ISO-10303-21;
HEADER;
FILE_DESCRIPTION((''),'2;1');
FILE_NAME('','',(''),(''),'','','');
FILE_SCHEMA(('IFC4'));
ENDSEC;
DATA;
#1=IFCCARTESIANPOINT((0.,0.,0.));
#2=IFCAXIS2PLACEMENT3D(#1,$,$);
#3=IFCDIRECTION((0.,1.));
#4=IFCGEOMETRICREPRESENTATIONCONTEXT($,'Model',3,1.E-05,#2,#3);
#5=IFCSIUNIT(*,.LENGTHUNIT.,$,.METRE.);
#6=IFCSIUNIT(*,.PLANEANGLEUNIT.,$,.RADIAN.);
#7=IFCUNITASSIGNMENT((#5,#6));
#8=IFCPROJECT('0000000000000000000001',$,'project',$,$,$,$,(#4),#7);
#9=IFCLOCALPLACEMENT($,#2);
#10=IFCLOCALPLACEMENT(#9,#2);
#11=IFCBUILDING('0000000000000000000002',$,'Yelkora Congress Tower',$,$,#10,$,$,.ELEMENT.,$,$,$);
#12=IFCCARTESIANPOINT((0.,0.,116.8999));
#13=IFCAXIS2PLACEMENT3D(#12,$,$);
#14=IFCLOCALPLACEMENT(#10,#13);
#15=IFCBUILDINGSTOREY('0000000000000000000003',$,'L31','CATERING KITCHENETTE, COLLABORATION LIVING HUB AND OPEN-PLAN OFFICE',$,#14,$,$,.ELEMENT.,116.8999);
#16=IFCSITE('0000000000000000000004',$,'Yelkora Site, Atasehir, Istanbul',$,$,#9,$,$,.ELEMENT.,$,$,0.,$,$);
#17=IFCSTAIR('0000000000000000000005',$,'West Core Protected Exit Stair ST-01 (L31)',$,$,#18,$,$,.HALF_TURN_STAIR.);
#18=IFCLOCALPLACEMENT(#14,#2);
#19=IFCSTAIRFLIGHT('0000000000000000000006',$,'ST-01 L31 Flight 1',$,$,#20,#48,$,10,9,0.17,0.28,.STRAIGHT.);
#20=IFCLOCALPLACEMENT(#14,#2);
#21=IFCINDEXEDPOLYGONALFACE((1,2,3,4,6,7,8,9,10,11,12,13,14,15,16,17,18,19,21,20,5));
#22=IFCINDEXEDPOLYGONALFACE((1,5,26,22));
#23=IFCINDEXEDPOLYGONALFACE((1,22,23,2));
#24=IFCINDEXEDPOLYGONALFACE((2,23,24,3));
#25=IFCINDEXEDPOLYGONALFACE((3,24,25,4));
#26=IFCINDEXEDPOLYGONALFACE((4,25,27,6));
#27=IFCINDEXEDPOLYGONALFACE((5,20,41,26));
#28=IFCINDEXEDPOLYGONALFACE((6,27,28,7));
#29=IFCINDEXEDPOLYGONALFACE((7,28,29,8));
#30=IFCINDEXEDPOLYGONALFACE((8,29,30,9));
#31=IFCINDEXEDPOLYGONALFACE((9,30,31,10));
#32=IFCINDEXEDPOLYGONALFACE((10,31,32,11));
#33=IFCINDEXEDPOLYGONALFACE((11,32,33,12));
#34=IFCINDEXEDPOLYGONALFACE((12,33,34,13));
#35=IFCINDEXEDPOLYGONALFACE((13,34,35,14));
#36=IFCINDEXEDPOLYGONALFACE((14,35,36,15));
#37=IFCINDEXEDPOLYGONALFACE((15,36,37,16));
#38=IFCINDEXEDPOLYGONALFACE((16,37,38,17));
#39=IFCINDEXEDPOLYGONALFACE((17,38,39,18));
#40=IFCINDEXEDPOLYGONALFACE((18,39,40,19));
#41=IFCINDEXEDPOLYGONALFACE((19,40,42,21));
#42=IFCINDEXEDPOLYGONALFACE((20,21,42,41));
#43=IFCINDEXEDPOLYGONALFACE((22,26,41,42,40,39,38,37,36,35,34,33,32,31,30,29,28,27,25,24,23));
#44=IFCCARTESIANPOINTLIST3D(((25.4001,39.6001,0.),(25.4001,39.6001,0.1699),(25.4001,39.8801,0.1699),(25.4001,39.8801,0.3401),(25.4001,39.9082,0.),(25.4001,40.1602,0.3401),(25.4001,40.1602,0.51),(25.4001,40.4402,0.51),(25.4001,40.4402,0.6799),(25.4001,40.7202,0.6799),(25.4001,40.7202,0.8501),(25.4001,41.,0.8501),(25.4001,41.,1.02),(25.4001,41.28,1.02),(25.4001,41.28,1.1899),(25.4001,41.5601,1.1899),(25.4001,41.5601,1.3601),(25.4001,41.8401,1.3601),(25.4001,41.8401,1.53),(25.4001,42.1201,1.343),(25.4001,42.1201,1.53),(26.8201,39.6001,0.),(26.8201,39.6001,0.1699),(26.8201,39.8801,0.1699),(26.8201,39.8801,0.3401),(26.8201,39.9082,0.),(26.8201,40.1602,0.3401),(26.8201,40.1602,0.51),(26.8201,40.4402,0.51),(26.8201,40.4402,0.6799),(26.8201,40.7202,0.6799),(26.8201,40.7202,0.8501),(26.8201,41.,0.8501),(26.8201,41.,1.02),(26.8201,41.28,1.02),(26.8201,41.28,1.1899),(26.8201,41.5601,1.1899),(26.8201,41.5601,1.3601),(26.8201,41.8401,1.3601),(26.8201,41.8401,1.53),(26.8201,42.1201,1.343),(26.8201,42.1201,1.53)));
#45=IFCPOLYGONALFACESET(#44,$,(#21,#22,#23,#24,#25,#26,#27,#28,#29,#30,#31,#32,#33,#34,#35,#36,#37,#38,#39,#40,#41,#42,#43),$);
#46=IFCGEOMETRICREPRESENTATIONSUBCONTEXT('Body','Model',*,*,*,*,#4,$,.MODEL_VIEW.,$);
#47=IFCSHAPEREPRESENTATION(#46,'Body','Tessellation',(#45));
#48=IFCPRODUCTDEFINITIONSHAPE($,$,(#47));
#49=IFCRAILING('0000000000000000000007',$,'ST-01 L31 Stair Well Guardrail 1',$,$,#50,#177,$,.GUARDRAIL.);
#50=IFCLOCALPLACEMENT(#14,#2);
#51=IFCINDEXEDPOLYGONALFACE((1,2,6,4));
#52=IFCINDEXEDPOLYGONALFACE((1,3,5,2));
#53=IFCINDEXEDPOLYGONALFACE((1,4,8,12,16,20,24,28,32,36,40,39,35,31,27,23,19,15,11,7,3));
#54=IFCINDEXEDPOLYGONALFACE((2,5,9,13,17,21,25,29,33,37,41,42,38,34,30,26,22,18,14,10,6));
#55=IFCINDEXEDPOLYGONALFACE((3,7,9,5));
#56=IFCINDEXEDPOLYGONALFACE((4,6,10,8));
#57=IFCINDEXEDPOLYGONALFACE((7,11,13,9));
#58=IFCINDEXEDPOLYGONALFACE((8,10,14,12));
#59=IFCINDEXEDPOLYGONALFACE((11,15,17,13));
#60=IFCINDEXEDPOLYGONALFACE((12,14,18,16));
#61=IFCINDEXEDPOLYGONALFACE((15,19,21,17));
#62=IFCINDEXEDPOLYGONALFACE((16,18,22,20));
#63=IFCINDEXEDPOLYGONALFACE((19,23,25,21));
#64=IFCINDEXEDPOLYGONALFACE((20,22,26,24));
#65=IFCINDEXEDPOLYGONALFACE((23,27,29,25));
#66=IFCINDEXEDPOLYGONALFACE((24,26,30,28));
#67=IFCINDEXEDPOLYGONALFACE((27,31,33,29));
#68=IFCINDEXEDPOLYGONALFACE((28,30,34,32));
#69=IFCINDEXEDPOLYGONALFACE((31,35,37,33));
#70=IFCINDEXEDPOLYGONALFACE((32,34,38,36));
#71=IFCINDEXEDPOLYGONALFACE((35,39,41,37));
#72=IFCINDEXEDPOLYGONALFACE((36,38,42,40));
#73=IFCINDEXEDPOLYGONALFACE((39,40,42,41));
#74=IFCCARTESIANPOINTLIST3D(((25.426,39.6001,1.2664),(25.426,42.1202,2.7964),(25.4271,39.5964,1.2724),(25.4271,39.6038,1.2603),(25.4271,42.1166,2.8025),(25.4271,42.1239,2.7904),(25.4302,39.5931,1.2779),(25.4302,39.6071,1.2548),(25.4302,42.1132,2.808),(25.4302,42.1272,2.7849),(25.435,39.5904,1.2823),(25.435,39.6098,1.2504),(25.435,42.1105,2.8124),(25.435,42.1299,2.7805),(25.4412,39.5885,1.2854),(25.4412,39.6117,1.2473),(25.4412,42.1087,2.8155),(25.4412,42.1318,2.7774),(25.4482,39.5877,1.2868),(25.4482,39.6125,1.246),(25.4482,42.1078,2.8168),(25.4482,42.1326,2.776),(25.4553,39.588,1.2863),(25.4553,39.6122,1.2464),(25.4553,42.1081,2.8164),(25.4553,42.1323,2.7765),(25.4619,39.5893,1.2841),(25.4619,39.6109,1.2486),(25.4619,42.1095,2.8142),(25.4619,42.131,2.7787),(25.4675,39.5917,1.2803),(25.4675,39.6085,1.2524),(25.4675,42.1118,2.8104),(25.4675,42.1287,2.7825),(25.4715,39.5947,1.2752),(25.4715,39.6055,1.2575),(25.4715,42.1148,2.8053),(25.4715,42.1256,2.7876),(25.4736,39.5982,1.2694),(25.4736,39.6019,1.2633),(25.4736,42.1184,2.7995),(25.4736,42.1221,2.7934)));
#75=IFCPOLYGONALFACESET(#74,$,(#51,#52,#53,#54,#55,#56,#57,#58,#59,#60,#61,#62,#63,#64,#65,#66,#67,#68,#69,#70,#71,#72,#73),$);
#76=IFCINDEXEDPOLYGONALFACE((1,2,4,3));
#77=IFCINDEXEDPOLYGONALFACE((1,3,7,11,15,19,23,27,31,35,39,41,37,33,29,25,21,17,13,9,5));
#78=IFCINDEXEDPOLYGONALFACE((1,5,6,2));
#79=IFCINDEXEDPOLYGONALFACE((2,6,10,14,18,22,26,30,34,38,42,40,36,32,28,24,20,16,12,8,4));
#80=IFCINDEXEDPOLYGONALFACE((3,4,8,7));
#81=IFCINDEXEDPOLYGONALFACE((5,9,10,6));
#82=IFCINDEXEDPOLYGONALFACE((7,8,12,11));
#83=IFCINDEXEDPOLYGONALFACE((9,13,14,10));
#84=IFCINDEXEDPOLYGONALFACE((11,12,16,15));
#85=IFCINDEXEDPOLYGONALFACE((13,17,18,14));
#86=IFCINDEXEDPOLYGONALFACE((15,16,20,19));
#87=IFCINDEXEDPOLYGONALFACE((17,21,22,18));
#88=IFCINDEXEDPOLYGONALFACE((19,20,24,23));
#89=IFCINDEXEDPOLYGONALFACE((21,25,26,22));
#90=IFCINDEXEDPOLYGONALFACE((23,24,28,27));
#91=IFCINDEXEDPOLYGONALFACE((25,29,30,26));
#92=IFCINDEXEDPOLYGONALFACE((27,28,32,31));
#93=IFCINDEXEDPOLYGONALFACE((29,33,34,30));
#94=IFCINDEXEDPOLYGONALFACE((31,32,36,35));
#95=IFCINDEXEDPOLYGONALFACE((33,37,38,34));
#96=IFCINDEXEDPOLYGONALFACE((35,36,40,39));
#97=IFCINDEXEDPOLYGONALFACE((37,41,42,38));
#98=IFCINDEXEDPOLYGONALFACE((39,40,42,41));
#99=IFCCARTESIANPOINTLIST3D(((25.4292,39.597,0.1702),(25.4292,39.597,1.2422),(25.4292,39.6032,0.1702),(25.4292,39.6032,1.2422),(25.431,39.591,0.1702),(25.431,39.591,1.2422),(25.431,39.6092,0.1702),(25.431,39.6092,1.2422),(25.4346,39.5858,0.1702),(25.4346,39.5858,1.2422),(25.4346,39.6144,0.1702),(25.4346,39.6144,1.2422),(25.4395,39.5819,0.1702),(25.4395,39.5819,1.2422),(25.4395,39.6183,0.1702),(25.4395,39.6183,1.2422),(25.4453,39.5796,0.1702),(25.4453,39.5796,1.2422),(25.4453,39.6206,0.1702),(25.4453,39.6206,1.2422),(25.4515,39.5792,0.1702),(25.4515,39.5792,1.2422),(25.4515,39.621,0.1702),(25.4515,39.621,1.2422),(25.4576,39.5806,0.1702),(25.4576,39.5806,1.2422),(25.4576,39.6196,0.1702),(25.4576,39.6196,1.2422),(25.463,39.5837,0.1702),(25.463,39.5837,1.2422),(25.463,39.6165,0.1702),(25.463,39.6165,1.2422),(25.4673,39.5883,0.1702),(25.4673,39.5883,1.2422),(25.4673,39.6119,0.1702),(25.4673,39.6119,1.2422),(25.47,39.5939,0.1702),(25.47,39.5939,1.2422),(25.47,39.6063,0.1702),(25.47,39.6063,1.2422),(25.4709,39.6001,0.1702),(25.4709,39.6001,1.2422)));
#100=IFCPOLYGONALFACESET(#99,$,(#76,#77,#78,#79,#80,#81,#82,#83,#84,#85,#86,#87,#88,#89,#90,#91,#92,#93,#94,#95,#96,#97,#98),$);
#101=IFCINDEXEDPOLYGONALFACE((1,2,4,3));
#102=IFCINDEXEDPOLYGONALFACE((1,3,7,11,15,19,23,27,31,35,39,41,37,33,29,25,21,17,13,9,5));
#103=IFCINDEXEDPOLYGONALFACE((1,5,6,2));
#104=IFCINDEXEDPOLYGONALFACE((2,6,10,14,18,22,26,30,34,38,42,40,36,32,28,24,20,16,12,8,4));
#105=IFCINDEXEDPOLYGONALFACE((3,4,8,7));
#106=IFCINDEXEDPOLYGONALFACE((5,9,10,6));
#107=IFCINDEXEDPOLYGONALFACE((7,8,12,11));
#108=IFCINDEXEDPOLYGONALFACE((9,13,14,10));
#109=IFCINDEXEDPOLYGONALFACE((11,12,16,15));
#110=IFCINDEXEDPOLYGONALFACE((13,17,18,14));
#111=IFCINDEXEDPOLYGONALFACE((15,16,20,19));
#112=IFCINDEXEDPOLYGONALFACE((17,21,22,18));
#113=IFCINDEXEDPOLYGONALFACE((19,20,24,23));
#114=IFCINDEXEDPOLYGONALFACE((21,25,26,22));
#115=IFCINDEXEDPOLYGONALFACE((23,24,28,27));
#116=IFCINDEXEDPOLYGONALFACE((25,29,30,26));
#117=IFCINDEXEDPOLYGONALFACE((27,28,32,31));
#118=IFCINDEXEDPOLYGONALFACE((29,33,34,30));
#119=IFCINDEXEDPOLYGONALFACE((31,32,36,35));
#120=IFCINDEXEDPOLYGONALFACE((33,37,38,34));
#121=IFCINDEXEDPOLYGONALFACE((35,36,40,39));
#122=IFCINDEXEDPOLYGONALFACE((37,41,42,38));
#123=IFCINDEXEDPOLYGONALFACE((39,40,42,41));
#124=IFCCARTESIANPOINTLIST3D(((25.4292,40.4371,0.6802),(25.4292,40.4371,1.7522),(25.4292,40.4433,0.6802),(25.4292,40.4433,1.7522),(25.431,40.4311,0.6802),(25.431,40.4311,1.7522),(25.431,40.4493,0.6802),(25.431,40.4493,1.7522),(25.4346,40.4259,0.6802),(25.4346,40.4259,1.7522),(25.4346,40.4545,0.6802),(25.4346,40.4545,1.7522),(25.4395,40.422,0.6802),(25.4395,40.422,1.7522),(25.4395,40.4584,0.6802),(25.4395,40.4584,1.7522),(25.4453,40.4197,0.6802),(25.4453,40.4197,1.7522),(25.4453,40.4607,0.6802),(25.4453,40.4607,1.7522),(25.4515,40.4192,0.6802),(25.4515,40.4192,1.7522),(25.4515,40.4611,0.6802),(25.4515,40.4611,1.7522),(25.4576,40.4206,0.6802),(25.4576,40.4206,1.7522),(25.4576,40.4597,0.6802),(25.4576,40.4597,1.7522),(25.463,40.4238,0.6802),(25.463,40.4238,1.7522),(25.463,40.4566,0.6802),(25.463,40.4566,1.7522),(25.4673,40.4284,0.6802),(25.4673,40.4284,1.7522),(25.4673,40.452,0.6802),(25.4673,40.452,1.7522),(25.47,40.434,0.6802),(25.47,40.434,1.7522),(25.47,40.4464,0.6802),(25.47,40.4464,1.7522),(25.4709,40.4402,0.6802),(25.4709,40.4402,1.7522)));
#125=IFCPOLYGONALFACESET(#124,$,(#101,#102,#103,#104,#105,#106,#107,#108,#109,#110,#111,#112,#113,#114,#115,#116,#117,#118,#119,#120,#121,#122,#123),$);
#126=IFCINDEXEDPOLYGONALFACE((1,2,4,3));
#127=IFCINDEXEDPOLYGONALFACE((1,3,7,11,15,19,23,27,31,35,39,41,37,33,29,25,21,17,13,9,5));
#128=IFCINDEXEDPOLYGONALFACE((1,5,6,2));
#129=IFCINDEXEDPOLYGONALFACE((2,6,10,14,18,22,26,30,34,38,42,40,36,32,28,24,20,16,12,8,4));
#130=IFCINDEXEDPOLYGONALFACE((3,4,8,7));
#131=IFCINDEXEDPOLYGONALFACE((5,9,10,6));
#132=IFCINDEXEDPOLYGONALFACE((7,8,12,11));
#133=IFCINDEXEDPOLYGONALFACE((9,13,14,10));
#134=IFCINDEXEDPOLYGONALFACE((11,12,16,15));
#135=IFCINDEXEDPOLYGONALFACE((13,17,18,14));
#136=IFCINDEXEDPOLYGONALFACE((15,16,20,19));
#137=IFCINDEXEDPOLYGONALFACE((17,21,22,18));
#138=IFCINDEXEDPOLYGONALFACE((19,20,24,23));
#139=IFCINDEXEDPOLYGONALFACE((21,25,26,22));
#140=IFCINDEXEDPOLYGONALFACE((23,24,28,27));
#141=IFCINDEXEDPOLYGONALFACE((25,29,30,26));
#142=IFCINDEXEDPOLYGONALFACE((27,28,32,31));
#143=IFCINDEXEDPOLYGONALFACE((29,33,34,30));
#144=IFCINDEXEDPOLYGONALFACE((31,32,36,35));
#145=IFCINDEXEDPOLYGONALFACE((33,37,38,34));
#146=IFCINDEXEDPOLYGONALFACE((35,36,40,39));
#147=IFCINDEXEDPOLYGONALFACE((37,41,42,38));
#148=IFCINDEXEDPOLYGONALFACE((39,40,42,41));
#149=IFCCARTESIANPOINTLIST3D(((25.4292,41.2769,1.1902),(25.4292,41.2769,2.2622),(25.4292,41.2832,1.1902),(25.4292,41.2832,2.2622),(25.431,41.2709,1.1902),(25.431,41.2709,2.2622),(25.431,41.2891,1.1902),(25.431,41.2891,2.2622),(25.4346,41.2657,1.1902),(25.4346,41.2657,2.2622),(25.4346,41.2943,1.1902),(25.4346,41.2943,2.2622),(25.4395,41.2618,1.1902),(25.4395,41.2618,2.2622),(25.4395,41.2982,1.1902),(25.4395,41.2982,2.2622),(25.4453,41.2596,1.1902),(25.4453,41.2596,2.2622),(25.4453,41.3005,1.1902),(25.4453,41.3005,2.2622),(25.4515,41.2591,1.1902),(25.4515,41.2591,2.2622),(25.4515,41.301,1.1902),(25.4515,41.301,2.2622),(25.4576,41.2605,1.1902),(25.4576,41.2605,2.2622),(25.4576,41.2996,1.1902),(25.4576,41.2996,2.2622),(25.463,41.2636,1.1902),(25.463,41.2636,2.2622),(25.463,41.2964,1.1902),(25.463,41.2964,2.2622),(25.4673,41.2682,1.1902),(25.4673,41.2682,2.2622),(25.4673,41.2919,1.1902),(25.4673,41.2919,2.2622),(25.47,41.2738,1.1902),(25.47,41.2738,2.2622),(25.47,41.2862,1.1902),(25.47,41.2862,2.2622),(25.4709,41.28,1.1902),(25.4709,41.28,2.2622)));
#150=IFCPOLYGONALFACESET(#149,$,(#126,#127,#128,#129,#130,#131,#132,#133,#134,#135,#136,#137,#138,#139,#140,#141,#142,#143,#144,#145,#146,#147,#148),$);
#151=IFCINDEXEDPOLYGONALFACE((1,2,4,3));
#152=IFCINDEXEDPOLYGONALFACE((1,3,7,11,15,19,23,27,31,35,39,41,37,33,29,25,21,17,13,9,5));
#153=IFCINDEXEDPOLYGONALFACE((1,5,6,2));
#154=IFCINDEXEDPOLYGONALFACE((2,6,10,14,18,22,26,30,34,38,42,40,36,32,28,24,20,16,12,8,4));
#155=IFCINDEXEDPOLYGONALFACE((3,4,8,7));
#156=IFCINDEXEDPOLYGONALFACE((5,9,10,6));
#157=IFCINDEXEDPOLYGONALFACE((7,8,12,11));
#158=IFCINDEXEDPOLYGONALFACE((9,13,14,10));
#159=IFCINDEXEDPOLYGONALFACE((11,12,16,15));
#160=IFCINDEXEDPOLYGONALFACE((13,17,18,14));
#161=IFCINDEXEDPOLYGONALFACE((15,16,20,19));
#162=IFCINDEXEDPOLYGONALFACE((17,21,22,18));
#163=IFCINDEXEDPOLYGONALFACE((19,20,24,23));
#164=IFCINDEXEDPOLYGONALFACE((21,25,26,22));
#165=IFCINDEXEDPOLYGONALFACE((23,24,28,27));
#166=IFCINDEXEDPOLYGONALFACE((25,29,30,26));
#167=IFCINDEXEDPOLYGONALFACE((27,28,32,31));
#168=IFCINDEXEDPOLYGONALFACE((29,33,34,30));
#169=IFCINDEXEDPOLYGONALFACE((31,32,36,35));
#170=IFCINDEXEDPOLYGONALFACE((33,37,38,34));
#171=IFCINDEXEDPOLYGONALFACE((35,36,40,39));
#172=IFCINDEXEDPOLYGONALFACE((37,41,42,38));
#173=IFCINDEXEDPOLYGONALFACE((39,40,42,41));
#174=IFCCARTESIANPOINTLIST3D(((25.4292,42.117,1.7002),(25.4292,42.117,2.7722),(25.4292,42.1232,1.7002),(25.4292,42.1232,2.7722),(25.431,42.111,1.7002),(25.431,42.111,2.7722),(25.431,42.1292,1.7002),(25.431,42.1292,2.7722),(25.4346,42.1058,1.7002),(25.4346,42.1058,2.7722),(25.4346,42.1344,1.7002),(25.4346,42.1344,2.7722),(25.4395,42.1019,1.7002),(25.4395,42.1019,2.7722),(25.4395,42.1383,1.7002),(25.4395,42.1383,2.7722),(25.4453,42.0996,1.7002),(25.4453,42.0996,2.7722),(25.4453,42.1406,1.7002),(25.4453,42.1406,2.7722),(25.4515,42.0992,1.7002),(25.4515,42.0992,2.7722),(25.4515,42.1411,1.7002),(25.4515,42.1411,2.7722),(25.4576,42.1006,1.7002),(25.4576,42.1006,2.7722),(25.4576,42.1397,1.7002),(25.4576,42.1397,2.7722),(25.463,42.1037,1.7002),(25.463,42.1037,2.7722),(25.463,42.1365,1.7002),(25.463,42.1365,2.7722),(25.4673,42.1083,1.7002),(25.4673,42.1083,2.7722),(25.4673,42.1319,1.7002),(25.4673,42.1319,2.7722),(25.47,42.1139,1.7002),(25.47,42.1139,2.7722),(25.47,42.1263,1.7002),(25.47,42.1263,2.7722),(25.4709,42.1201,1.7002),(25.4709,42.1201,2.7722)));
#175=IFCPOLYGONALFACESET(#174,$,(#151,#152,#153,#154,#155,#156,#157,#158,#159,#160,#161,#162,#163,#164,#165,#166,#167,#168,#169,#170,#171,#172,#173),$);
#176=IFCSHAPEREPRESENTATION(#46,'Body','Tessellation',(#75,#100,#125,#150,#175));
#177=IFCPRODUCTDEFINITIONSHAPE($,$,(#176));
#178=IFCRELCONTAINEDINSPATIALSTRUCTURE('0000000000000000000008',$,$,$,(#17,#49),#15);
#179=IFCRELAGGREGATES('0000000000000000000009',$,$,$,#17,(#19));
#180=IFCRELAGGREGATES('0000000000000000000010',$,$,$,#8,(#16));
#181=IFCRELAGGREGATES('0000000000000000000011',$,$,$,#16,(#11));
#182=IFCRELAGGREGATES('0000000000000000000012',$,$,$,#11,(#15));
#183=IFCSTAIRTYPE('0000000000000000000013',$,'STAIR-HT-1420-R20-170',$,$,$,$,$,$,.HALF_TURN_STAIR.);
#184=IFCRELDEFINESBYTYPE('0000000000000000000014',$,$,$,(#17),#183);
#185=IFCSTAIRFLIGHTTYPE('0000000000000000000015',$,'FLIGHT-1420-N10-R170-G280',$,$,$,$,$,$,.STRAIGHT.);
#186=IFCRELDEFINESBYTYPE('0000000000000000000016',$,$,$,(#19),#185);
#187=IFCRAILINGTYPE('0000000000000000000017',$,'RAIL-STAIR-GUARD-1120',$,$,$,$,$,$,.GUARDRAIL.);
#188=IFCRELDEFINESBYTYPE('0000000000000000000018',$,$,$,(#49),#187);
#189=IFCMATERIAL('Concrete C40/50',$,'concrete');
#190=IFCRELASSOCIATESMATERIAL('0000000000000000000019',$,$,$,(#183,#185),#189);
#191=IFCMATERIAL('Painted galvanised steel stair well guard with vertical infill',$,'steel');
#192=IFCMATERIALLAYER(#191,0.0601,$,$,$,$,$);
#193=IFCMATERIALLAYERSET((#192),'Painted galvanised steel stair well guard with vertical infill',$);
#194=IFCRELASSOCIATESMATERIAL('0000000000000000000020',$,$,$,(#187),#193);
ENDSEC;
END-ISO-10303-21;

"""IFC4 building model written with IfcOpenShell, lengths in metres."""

from ifc_helpers import new_model, si_unit, direction, frame, origin, origin_2d, place, context, subcontext, project, spatial, polyline, circle, outline, extrude, material, layer, layer_set, type_object, element, aggregate, save


model = new_model("IFC4")

# Units and contexts
model_context = context("Model", 3, precision=1e-05, world=origin(), true_north=direction((0.0, 1.0)))
body_context = subcontext(model_context, "Body", "Model", "MODEL_VIEW")
ifc_project = project(units=[si_unit("LENGTHUNIT", "METRE"), si_unit("PLANEANGLEUNIT", "RADIAN")], contexts=[model_context])

# Site, building, storey
site_placement = place(None, origin())
site = spatial("IfcSite", under=ifc_project, at=site_placement, Name="Yelkora Site, Atasehir, Istanbul", CompositionType="ELEMENT", RefElevation=0.0)
building_placement = place(site_placement, origin())
building = spatial("IfcBuilding", under=site, at=building_placement, Name="Yelkora Congress Tower", CompositionType="ELEMENT")
storey_placement = place(building_placement, frame((0.0, 0.0, 116.8999)))
storey = spatial("IfcBuildingStorey", under=building, at=storey_placement, Name="L31", Description="CATERING KITCHENETTE, COLLABORATION LIVING HUB AND OPEN-PLAN OFFICE", CompositionType="ELEMENT", Elevation=116.8999)

# Stair, stair flight
ifc_material_1 = material(Name="Concrete C40/50", Category="concrete")
stair_type = type_object("IfcStairType", Name="STAIR-HT-1420-R20-170", PredefinedType="HALF_TURN_STAIR", material=ifc_material_1)
stair_placement = place(storey_placement, origin())
stair = element("IfcStair", 1, at=stair_placement, inside=storey, type_object=stair_type, Name="West Core Protected Exit Stair ST-01 (L31)", PredefinedType="HALF_TURN_STAIR")
stair_flight_type = type_object("IfcStairFlightType", Name="FLIGHT-1420-N10-R170-G280", PredefinedType="STRAIGHT", material=ifc_material_1)
stair_flight_placement = place(storey_placement, frame((26.1101, 39.6001, 0.0), z_axis=(0.0, 0.0, 1.0), x_axis=(0.0, 1.0, 0.0)))
stair_flight = element("IfcStairFlight", 2, at=stair_flight_placement, type_object=stair_flight_type, Name="ST-01 L31 Flight 1", NumberOfRisers=10, NumberOfTreads=9, PredefinedType="STRAIGHT", RiserHeight=0.17, TreadLength=0.28, context=body_context, shape_type="SweptSolid", body=[
    extrude(outline(polyline([(0.0, 0.0), (0.0, 0.1699), (0.28, 0.1699), (0.28, 0.3401), (0.5601, 0.3401), (0.5601, 0.51), (0.8401, 0.51), (0.8401, 0.6799), (1.1201, 0.6799), (1.1201, 0.8501), (1.3999, 0.8501), (1.3999, 1.02), (1.6799, 1.02), (1.6799, 1.1899), (1.96, 1.1899), (1.96, 1.3601), (2.24, 1.3601), (2.24, 1.53), (2.52, 1.53), (2.52, 1.7), (2.52, 1.343), (0.3081, 0.0), (0.0, 0.0)])), frame((0.0, 0.71, 0.0), z_axis=(0.0, -1.0, 0.0), x_axis=(1.0, 0.0, 0.0)), (0.0, 0.0, 1.0), 1.4199),
])
aggregate(stair, [stair_flight])

# Railing
ifc_material_2 = material(Name="Painted galvanised steel stair well guard with vertical infill", Category="steel")
ifc_layer_1 = layer(ifc_material_2, 0.0601)
ifc_layer_set_1 = layer_set([ifc_layer_1], Name="Painted galvanised steel stair well guard with vertical infill")
railing_type_1 = type_object("IfcRailingType", Name="RAIL-STAIR-GUARD-1120", PredefinedType="GUARDRAIL", material=ifc_layer_set_1)
railing_1_placement = place(storey_placement, frame((25.45, 39.6001, 0.1702)))
element("IfcRailing", 3, at=railing_1_placement, inside=storey, type_object=railing_type_1, Name="ST-01 L31 Stair Well Guardrail 1", PredefinedType="GUARDRAIL", context=body_context, shape_type="SweptSolid", body=[
    extrude(circle(Radius=0.0239, at=origin_2d()), frame((0.0, 0.0, 1.0962), z_axis=(0.0, 0.854785, 0.518982), x_axis=(-1.0, 0.0, 0.0)), (0.0, 0.0, 1.0), 2.9482),
    extrude(circle(Radius=0.021, at=origin_2d()), origin(), (0.0, 0.0, 1.0), 1.072),
    extrude(circle(Radius=0.021, at=origin_2d()), frame((0.0, 0.8401, 0.51)), (0.0, 0.0, 1.0), 1.072),
    extrude(circle(Radius=0.021, at=origin_2d()), frame((0.0, 1.6799, 1.02)), (0.0, 0.0, 1.0), 1.072),
    extrude(circle(Radius=0.021, at=origin_2d()), frame((0.0, 2.52, 1.53)), (0.0, 0.0, 1.0), 1.072),
])

save(model, "model.ifc")
